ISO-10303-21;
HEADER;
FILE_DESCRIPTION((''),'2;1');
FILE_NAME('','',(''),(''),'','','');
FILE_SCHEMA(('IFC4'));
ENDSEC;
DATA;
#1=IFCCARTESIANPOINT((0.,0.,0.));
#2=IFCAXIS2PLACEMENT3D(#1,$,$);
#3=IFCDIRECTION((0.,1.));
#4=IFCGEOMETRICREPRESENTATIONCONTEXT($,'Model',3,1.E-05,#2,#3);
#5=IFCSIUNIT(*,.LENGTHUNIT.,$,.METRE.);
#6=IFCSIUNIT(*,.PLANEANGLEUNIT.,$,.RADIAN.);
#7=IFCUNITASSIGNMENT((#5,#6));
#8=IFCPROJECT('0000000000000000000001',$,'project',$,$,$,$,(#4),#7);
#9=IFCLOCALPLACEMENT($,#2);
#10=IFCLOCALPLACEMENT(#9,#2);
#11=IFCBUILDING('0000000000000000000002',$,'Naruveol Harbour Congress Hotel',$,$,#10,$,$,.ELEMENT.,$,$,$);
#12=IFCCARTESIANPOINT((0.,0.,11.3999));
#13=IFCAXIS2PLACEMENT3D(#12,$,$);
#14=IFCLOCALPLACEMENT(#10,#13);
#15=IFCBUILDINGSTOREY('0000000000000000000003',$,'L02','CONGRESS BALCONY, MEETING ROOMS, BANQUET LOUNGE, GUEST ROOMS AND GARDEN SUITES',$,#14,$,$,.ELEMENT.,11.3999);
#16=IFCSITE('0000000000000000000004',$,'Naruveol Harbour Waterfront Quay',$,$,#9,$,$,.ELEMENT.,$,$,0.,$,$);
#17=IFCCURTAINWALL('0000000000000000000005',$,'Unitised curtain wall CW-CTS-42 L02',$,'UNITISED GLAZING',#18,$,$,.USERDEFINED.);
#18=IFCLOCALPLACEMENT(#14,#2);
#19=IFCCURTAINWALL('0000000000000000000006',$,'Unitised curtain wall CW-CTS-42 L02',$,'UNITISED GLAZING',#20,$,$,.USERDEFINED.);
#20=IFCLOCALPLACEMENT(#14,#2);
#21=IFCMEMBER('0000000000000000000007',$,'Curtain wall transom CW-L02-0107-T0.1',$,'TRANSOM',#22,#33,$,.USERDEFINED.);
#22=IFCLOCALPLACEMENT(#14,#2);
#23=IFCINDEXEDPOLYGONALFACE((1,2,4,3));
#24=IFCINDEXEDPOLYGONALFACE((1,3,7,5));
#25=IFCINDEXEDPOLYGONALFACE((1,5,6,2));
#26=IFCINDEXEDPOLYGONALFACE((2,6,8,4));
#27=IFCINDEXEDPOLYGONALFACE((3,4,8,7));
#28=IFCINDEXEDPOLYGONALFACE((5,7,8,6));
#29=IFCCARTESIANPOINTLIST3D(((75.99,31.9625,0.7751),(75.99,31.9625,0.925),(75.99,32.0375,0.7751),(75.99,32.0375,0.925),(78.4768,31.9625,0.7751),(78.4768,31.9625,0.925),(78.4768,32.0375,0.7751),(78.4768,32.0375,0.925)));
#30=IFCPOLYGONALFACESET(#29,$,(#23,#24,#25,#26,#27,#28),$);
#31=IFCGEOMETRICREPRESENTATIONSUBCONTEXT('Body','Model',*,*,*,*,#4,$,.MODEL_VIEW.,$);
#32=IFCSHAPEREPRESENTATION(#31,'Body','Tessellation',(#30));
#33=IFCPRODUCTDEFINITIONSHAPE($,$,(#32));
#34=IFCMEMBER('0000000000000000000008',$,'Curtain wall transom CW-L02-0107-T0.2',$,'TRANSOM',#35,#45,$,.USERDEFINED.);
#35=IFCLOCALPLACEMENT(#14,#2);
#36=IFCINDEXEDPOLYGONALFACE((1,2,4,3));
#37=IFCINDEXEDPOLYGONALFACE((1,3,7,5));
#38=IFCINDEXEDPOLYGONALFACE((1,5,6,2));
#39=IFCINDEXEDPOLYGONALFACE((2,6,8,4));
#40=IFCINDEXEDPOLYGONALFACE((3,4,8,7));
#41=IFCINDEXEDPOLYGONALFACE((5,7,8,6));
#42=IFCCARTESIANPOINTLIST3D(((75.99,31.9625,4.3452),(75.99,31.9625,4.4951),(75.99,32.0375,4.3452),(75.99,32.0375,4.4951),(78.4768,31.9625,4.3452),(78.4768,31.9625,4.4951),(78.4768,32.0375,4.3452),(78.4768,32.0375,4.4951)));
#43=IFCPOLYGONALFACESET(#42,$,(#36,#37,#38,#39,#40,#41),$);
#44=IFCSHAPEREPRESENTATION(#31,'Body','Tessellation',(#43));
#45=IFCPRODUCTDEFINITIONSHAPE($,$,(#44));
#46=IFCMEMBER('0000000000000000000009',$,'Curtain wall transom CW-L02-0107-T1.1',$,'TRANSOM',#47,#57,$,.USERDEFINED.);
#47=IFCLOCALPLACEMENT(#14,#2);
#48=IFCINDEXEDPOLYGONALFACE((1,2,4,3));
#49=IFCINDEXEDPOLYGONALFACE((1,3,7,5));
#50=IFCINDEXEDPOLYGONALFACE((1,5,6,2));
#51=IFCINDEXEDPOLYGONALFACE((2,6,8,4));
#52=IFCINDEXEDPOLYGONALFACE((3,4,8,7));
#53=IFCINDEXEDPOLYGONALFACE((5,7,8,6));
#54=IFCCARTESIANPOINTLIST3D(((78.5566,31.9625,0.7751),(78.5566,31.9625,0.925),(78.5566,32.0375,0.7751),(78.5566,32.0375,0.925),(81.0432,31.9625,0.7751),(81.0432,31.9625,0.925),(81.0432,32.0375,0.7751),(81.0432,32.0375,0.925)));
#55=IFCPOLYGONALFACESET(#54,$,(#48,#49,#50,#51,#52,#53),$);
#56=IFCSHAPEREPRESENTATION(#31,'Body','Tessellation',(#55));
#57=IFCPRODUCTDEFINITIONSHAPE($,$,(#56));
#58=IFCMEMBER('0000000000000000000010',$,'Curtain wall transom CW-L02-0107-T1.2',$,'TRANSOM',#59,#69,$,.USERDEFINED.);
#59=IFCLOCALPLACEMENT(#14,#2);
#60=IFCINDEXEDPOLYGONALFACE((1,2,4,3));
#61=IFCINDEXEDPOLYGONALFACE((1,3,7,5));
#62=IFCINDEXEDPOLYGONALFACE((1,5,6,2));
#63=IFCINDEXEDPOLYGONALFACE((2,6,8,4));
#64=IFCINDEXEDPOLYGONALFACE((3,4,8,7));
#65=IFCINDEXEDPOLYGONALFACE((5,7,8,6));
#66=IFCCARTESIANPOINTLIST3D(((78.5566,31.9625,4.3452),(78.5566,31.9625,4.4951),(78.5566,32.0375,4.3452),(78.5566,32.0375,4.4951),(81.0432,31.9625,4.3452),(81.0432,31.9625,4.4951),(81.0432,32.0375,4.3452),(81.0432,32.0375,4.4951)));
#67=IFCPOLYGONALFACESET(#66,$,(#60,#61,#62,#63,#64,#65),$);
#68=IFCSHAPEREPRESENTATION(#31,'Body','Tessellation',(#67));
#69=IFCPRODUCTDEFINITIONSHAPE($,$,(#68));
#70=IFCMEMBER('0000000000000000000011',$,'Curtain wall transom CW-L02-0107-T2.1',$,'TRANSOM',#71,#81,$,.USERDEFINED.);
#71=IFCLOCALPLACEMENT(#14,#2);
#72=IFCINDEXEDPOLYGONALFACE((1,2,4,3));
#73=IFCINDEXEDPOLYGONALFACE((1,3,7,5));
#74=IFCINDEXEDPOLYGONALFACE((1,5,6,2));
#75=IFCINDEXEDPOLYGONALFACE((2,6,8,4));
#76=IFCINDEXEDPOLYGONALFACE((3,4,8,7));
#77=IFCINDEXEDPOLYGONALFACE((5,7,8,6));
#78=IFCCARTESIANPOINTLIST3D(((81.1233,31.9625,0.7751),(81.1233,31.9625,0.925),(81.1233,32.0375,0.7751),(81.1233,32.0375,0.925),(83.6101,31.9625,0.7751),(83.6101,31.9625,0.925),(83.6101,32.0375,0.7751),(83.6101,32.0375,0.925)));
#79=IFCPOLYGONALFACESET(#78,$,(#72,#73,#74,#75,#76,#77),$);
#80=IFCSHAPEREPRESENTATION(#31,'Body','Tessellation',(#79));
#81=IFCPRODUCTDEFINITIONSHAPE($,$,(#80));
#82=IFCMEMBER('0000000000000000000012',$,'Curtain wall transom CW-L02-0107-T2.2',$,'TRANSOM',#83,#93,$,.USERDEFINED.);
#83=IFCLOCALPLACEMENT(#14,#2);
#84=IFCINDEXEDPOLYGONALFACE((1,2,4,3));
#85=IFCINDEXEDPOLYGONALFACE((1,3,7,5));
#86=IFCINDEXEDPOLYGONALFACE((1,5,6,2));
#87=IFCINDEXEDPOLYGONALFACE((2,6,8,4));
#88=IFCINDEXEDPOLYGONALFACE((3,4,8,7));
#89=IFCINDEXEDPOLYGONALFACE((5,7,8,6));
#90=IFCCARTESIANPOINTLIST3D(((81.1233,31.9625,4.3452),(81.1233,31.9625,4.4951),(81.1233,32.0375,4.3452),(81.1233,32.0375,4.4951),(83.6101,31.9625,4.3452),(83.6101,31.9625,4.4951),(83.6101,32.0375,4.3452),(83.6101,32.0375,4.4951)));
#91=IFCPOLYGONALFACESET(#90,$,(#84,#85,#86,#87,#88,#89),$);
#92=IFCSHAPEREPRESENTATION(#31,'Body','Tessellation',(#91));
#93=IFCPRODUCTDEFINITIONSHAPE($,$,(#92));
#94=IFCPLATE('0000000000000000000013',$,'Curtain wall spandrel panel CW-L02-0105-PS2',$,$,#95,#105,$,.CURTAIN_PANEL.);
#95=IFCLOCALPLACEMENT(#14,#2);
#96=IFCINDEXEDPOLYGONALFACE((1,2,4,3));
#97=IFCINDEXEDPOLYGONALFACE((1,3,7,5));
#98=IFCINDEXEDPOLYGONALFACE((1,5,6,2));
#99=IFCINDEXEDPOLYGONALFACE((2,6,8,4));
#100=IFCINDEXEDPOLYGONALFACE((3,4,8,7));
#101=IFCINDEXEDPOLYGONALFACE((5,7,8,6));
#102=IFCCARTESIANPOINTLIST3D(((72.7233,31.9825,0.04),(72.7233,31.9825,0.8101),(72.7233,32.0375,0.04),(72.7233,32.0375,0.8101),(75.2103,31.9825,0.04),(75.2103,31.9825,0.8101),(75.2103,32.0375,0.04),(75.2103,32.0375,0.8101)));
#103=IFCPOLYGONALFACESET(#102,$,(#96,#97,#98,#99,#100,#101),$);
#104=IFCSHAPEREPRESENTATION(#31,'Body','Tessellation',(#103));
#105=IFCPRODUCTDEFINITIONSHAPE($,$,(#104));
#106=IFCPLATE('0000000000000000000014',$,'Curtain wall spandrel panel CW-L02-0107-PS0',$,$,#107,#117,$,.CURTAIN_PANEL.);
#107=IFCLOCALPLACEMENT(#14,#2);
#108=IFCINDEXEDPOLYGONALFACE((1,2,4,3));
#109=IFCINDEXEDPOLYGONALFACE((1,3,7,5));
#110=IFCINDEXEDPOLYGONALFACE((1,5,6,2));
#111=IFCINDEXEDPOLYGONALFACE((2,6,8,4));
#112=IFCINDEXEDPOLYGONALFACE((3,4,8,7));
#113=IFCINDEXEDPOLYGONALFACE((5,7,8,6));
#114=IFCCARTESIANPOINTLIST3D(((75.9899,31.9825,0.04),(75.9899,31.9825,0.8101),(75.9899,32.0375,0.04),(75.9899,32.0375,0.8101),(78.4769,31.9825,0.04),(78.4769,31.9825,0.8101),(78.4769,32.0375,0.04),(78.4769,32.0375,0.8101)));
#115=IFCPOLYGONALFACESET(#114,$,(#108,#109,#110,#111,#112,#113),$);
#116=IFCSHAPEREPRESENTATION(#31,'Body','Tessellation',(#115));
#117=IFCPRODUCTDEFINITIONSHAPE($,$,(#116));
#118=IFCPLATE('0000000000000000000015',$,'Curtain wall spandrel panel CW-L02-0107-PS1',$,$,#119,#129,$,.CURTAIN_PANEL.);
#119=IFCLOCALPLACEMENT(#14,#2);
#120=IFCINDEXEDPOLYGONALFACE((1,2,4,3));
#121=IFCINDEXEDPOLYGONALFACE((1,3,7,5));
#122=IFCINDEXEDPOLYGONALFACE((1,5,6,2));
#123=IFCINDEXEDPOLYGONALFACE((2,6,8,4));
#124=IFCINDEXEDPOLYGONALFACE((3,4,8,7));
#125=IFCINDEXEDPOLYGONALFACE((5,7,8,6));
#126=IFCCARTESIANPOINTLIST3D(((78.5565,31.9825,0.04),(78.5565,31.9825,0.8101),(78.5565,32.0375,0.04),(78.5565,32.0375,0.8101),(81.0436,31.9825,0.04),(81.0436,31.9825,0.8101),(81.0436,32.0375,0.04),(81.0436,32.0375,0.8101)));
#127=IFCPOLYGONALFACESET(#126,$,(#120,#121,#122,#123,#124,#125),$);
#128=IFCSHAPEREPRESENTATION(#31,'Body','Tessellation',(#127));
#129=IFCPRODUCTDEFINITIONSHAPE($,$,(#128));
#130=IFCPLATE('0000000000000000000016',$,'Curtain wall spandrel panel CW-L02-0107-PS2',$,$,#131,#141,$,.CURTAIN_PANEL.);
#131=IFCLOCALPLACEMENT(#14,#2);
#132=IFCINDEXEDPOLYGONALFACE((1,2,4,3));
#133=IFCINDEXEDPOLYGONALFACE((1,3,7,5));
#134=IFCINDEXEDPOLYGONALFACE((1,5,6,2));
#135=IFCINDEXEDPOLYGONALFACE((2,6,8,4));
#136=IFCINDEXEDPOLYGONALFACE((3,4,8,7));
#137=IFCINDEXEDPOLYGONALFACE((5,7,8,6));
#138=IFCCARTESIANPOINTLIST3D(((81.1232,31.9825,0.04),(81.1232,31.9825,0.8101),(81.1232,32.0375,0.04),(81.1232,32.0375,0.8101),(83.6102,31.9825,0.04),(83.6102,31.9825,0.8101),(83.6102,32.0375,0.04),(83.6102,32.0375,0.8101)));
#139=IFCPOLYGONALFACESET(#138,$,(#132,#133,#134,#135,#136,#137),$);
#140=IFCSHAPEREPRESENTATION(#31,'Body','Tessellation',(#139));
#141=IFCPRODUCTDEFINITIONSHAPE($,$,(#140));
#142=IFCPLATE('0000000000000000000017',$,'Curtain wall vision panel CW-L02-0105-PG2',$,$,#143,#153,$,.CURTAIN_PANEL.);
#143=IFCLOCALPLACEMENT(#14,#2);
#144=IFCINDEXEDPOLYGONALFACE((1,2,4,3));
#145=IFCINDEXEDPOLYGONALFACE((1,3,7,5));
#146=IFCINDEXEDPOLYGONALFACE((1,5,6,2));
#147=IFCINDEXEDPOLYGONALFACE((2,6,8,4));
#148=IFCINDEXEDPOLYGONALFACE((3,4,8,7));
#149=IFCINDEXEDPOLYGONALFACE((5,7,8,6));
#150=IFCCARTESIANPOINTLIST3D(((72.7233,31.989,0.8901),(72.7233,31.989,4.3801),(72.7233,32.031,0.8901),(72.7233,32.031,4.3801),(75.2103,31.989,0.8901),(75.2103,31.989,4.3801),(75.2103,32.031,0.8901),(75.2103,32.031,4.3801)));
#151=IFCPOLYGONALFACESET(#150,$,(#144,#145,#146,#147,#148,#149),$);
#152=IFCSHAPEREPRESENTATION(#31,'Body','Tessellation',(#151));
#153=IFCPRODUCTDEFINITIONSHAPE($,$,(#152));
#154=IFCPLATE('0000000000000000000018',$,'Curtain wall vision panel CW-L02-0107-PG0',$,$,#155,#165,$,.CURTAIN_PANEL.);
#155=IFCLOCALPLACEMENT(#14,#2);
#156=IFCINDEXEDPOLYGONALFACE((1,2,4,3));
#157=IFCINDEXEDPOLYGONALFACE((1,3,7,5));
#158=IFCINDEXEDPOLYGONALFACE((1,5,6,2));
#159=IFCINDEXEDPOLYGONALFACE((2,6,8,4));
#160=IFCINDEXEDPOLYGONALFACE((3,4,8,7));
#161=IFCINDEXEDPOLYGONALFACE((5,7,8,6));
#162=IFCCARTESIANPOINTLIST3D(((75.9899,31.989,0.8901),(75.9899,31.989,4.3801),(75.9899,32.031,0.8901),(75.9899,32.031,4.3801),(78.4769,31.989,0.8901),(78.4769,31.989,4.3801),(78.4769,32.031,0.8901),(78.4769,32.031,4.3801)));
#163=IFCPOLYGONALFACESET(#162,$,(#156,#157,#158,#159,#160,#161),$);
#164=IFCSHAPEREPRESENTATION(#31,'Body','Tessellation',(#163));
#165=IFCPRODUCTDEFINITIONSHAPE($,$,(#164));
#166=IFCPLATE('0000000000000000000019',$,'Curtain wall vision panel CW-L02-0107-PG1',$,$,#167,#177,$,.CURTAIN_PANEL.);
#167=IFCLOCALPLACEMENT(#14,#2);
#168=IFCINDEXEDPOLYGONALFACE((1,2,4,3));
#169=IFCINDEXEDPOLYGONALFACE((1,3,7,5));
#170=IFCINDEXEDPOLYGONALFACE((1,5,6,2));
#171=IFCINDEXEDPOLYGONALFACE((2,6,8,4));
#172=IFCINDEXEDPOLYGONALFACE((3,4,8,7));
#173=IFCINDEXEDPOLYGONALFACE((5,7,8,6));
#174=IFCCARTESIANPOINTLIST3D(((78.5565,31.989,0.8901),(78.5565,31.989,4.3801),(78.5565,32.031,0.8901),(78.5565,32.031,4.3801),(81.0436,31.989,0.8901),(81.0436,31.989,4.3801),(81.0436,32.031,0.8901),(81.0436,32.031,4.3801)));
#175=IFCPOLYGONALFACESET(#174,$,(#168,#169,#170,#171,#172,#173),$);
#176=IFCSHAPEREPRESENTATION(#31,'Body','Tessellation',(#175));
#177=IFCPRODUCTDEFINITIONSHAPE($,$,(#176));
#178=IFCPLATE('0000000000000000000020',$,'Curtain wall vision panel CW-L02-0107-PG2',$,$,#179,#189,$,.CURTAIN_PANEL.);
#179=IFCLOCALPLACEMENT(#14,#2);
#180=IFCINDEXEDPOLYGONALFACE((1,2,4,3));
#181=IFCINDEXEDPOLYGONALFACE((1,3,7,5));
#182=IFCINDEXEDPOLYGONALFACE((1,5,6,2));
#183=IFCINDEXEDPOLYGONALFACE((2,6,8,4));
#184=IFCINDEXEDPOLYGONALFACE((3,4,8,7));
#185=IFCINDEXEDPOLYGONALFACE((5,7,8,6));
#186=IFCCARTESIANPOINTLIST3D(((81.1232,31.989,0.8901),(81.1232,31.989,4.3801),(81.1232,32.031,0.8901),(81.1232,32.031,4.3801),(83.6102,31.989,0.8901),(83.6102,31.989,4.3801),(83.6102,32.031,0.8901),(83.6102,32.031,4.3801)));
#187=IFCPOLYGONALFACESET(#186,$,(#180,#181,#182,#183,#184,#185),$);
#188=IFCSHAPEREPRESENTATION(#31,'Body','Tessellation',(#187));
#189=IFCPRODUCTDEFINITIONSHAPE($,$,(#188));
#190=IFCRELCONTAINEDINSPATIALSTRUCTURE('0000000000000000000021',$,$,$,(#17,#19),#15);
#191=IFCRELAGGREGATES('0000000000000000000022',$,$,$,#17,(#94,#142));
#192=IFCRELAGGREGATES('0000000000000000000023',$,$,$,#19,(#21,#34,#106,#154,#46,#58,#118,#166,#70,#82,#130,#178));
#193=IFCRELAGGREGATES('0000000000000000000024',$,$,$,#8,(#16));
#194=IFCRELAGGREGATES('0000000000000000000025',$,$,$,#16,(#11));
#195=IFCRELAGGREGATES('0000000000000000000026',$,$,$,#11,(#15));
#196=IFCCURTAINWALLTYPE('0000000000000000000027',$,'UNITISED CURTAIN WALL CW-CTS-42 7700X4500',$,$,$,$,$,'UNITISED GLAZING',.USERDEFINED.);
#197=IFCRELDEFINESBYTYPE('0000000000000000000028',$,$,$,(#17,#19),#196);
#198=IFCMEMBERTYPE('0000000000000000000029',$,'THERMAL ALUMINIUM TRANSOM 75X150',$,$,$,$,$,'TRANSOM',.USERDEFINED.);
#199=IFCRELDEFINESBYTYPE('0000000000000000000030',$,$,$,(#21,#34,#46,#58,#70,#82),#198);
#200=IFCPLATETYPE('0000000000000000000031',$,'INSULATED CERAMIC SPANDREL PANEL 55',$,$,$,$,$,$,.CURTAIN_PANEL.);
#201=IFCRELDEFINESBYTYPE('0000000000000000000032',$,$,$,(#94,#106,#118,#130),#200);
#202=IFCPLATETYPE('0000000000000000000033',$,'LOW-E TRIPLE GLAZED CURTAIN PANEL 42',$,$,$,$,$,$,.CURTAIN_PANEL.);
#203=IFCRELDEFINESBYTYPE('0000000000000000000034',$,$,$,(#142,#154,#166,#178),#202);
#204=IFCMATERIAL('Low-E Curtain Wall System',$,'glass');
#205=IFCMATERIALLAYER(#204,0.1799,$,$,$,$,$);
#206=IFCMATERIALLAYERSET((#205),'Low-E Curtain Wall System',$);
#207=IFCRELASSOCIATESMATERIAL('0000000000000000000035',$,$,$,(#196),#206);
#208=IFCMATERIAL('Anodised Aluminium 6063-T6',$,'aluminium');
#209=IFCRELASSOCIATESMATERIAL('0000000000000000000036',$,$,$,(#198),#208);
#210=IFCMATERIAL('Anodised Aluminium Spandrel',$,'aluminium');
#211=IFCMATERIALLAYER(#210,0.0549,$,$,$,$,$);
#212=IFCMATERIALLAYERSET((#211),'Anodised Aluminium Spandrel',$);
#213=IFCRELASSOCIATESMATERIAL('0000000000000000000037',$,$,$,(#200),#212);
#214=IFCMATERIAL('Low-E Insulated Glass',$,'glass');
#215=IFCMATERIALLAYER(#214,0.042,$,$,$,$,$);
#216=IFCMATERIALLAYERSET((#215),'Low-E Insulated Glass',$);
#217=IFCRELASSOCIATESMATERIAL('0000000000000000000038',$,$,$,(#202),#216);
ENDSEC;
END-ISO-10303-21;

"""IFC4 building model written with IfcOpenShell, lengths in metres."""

from ifc_helpers import new_model, si_unit, direction, frame, origin, origin_2d, place, context, subcontext, project, spatial, rectangle, extrude, material, layer, layer_set, material_profile, profile_set, type_object, element, aggregate, save


model = new_model("IFC4")

# Units and contexts
model_context = context("Model", 3, precision=1e-05, world=origin(), true_north=direction((0.0, 1.0)))
body_context = subcontext(model_context, "Body", "Model", "MODEL_VIEW")
ifc_project = project(units=[si_unit("LENGTHUNIT", "METRE"), si_unit("PLANEANGLEUNIT", "RADIAN")], contexts=[model_context])

# Site, building, storey
site_placement = place(None, origin())
site = spatial("IfcSite", under=ifc_project, at=site_placement, Name="Naruveol Harbour Waterfront Quay", CompositionType="ELEMENT", RefElevation=0.0)
building_placement = place(site_placement, origin())
building = spatial("IfcBuilding", under=site, at=building_placement, Name="Naruveol Harbour Congress Hotel", CompositionType="ELEMENT")
storey_placement = place(building_placement, frame((0.0, 0.0, 11.3999)))
storey = spatial("IfcBuildingStorey", under=building, at=storey_placement, Name="L02", Description="CONGRESS BALCONY, MEETING ROOMS, BANQUET LOUNGE, GUEST ROOMS AND GARDEN SUITES", CompositionType="ELEMENT", Elevation=11.3999)

# Curtain wall
ifc_material_1 = material(Name="Low-E Curtain Wall System", Category="glass")
ifc_layer_1 = layer(ifc_material_1, 0.1799)
ifc_layer_set_1 = layer_set([ifc_layer_1], Name="Low-E Curtain Wall System")
curtain_wall_type = type_object("IfcCurtainWallType", Name="UNITISED CURTAIN WALL CW-CTS-42 7700X4500", ElementType="UNITISED GLAZING", PredefinedType="USERDEFINED", material=ifc_layer_set_1)
curtain_wall_1_placement = place(storey_placement, origin())
curtain_wall_1 = element("IfcCurtainWall", 1, at=curtain_wall_1_placement, inside=storey, type_object=curtain_wall_type, Name="Unitised curtain wall CW-CTS-42 L02", ObjectType="UNITISED GLAZING", PredefinedType="USERDEFINED")

# Curtain wall, members
curtain_wall_2_placement = place(storey_placement, origin())
curtain_wall_2 = element("IfcCurtainWall", 2, at=curtain_wall_2_placement, inside=storey, type_object=curtain_wall_type, Name="Unitised curtain wall CW-CTS-42 L02", ObjectType="UNITISED GLAZING", PredefinedType="USERDEFINED")
ifc_material_2 = material(Name="Anodised Aluminium 6063-T6", Category="aluminium")
ifc_material_profile_1 = material_profile(ifc_material_2, rectangle(XDim=0.075, YDim=0.1499, at=origin_2d()), Name="ALU-75x150")
ifc_profile_set_1 = profile_set([ifc_material_profile_1], Name="Anodised Aluminium 6063-T6")
member_type_1 = type_object("IfcMemberType", Name="THERMAL ALUMINIUM TRANSOM 75X150", ElementType="TRANSOM", PredefinedType="USERDEFINED", material=ifc_profile_set_1)
member_1_placement = place(storey_placement, frame((75.99, 32.0, 0.8501), z_axis=(1.0, 0.0, 0.0), x_axis=(0.0, 1.0, 0.0)))
member_1 = element("IfcMember", 3, at=member_1_placement, type_object=member_type_1, Name="Curtain wall transom CW-L02-0107-T0.1", ObjectType="TRANSOM", PredefinedType="USERDEFINED", context=body_context, shape_type="SweptSolid", body=[
    extrude(rectangle(XDim=0.075, YDim=0.1499, at=origin_2d()), origin(), (0.0, 0.0, 1.0), 2.4868),
])
member_2_placement = place(storey_placement, frame((75.99, 32.0, 4.4202), z_axis=(1.0, 0.0, 0.0), x_axis=(0.0, 1.0, 0.0)))
member_2 = element("IfcMember", 4, at=member_2_placement, type_object=member_type_1, Name="Curtain wall transom CW-L02-0107-T0.2", ObjectType="TRANSOM", PredefinedType="USERDEFINED", context=body_context, shape_type="SweptSolid", body=[
    extrude(rectangle(XDim=0.075, YDim=0.1499, at=origin_2d()), origin(), (0.0, 0.0, 1.0), 2.4868),
])
member_3_placement = place(storey_placement, frame((78.5566, 32.0, 0.8501), z_axis=(1.0, 0.0, 0.0), x_axis=(0.0, 1.0, 0.0)))
member_3 = element("IfcMember", 5, at=member_3_placement, type_object=member_type_1, Name="Curtain wall transom CW-L02-0107-T1.1", ObjectType="TRANSOM", PredefinedType="USERDEFINED", context=body_context, shape_type="SweptSolid", body=[
    extrude(rectangle(XDim=0.075, YDim=0.1499, at=origin_2d()), origin(), (0.0, 0.0, 1.0), 2.4866),
])
member_4_placement = place(storey_placement, frame((78.5566, 32.0, 4.4202), z_axis=(1.0, 0.0, 0.0), x_axis=(0.0, 1.0, 0.0)))
member_4 = element("IfcMember", 6, at=member_4_placement, type_object=member_type_1, Name="Curtain wall transom CW-L02-0107-T1.2", ObjectType="TRANSOM", PredefinedType="USERDEFINED", context=body_context, shape_type="SweptSolid", body=[
    extrude(rectangle(XDim=0.075, YDim=0.1499, at=origin_2d()), origin(), (0.0, 0.0, 1.0), 2.4866),
])
member_5_placement = place(storey_placement, frame((81.1233, 32.0, 0.8501), z_axis=(1.0, 0.0, 0.0), x_axis=(0.0, 1.0, 0.0)))
member_5 = element("IfcMember", 7, at=member_5_placement, type_object=member_type_1, Name="Curtain wall transom CW-L02-0107-T2.1", ObjectType="TRANSOM", PredefinedType="USERDEFINED", context=body_context, shape_type="SweptSolid", body=[
    extrude(rectangle(XDim=0.075, YDim=0.1499, at=origin_2d()), origin(), (0.0, 0.0, 1.0), 2.4868),
])
member_6_placement = place(storey_placement, frame((81.1233, 32.0, 4.4202), z_axis=(1.0, 0.0, 0.0), x_axis=(0.0, 1.0, 0.0)))
member_6 = element("IfcMember", 8, at=member_6_placement, type_object=member_type_1, Name="Curtain wall transom CW-L02-0107-T2.2", ObjectType="TRANSOM", PredefinedType="USERDEFINED", context=body_context, shape_type="SweptSolid", body=[
    extrude(rectangle(XDim=0.075, YDim=0.1499, at=origin_2d()), origin(), (0.0, 0.0, 1.0), 2.4868),
])

# Plates
ifc_material_3 = material(Name="Anodised Aluminium Spandrel", Category="aluminium")
ifc_layer_2 = layer(ifc_material_3, 0.0549)
ifc_layer_set_2 = layer_set([ifc_layer_2], Name="Anodised Aluminium Spandrel")
plate_type_1 = type_object("IfcPlateType", Name="INSULATED CERAMIC SPANDREL PANEL 55", PredefinedType="CURTAIN_PANEL", material=ifc_layer_set_2)
plate_1_placement = place(storey_placement, frame((73.9668, 32.01, 0.04), z_axis=(0.0, 0.0, 1.0), x_axis=(1.0, 0.0, 0.0)))
plate_1 = element("IfcPlate", 9, at=plate_1_placement, type_object=plate_type_1, Name="Curtain wall spandrel panel CW-L02-0105-PS2", PredefinedType="CURTAIN_PANEL", context=body_context, shape_type="SweptSolid", body=[
    extrude(rectangle(XDim=2.4871, YDim=0.0549, at=origin_2d()), origin(), (0.0, 0.0, 1.0), 0.77),
])
plate_2_placement = place(storey_placement, frame((77.2334, 32.01, 0.04), z_axis=(0.0, 0.0, 1.0), x_axis=(1.0, 0.0, 0.0)))
plate_2 = element("IfcPlate", 10, at=plate_2_placement, type_object=plate_type_1, Name="Curtain wall spandrel panel CW-L02-0107-PS0", PredefinedType="CURTAIN_PANEL", context=body_context, shape_type="SweptSolid", body=[
    extrude(rectangle(XDim=2.4871, YDim=0.0549, at=origin_2d()), origin(), (0.0, 0.0, 1.0), 0.77),
])
plate_3_placement = place(storey_placement, frame((79.8, 32.01, 0.04), z_axis=(0.0, 0.0, 1.0), x_axis=(1.0, 0.0, 0.0)))
plate_3 = element("IfcPlate", 11, at=plate_3_placement, type_object=plate_type_1, Name="Curtain wall spandrel panel CW-L02-0107-PS1", PredefinedType="CURTAIN_PANEL", context=body_context, shape_type="SweptSolid", body=[
    extrude(rectangle(XDim=2.4871, YDim=0.0549, at=origin_2d()), origin(), (0.0, 0.0, 1.0), 0.77),
])
plate_4_placement = place(storey_placement, frame((82.3667, 32.01, 0.04), z_axis=(0.0, 0.0, 1.0), x_axis=(1.0, 0.0, 0.0)))
plate_4 = element("IfcPlate", 12, at=plate_4_placement, type_object=plate_type_1, Name="Curtain wall spandrel panel CW-L02-0107-PS2", PredefinedType="CURTAIN_PANEL", context=body_context, shape_type="SweptSolid", body=[
    extrude(rectangle(XDim=2.4871, YDim=0.0549, at=origin_2d()), origin(), (0.0, 0.0, 1.0), 0.77),
])
ifc_material_4 = material(Name="Low-E Insulated Glass", Category="glass")
ifc_layer_3 = layer(ifc_material_4, 0.042)
ifc_layer_set_3 = layer_set([ifc_layer_3], Name="Low-E Insulated Glass")
plate_type_2 = type_object("IfcPlateType", Name="LOW-E TRIPLE GLAZED CURTAIN PANEL 42", PredefinedType="CURTAIN_PANEL", material=ifc_layer_set_3)
plate_5_placement = place(storey_placement, frame((73.9668, 32.01, 0.8901), z_axis=(0.0, 0.0, 1.0), x_axis=(1.0, 0.0, 0.0)))
plate_5 = element("IfcPlate", 13, at=plate_5_placement, type_object=plate_type_2, Name="Curtain wall vision panel CW-L02-0105-PG2", PredefinedType="CURTAIN_PANEL", context=body_context, shape_type="SweptSolid", body=[
    extrude(rectangle(XDim=2.4871, YDim=0.042, at=origin_2d()), origin(), (0.0, 0.0, 1.0), 3.49),
])
aggregate(curtain_wall_1, [plate_1, plate_5])
plate_6_placement = place(storey_placement, frame((77.2334, 32.01, 0.8901), z_axis=(0.0, 0.0, 1.0), x_axis=(1.0, 0.0, 0.0)))
plate_6 = element("IfcPlate", 14, at=plate_6_placement, type_object=plate_type_2, Name="Curtain wall vision panel CW-L02-0107-PG0", PredefinedType="CURTAIN_PANEL", context=body_context, shape_type="SweptSolid", body=[
    extrude(rectangle(XDim=2.4871, YDim=0.042, at=origin_2d()), origin(), (0.0, 0.0, 1.0), 3.49),
])
plate_7_placement = place(storey_placement, frame((79.8, 32.01, 0.8901), z_axis=(0.0, 0.0, 1.0), x_axis=(1.0, 0.0, 0.0)))
plate_7 = element("IfcPlate", 15, at=plate_7_placement, type_object=plate_type_2, Name="Curtain wall vision panel CW-L02-0107-PG1", PredefinedType="CURTAIN_PANEL", context=body_context, shape_type="SweptSolid", body=[
    extrude(rectangle(XDim=2.4871, YDim=0.042, at=origin_2d()), origin(), (0.0, 0.0, 1.0), 3.49),
])
plate_8_placement = place(storey_placement, frame((82.3667, 32.01, 0.8901), z_axis=(0.0, 0.0, 1.0), x_axis=(1.0, 0.0, 0.0)))
plate_8 = element("IfcPlate", 16, at=plate_8_placement, type_object=plate_type_2, Name="Curtain wall vision panel CW-L02-0107-PG2", PredefinedType="CURTAIN_PANEL", context=body_context, shape_type="SweptSolid", body=[
    extrude(rectangle(XDim=2.4871, YDim=0.042, at=origin_2d()), origin(), (0.0, 0.0, 1.0), 3.49),
])
aggregate(curtain_wall_2, [member_1, member_2, plate_2, plate_6, member_3, member_4, plate_3, plate_7, member_5, member_6, plate_4, plate_8])

save(model, "model.ifc")
